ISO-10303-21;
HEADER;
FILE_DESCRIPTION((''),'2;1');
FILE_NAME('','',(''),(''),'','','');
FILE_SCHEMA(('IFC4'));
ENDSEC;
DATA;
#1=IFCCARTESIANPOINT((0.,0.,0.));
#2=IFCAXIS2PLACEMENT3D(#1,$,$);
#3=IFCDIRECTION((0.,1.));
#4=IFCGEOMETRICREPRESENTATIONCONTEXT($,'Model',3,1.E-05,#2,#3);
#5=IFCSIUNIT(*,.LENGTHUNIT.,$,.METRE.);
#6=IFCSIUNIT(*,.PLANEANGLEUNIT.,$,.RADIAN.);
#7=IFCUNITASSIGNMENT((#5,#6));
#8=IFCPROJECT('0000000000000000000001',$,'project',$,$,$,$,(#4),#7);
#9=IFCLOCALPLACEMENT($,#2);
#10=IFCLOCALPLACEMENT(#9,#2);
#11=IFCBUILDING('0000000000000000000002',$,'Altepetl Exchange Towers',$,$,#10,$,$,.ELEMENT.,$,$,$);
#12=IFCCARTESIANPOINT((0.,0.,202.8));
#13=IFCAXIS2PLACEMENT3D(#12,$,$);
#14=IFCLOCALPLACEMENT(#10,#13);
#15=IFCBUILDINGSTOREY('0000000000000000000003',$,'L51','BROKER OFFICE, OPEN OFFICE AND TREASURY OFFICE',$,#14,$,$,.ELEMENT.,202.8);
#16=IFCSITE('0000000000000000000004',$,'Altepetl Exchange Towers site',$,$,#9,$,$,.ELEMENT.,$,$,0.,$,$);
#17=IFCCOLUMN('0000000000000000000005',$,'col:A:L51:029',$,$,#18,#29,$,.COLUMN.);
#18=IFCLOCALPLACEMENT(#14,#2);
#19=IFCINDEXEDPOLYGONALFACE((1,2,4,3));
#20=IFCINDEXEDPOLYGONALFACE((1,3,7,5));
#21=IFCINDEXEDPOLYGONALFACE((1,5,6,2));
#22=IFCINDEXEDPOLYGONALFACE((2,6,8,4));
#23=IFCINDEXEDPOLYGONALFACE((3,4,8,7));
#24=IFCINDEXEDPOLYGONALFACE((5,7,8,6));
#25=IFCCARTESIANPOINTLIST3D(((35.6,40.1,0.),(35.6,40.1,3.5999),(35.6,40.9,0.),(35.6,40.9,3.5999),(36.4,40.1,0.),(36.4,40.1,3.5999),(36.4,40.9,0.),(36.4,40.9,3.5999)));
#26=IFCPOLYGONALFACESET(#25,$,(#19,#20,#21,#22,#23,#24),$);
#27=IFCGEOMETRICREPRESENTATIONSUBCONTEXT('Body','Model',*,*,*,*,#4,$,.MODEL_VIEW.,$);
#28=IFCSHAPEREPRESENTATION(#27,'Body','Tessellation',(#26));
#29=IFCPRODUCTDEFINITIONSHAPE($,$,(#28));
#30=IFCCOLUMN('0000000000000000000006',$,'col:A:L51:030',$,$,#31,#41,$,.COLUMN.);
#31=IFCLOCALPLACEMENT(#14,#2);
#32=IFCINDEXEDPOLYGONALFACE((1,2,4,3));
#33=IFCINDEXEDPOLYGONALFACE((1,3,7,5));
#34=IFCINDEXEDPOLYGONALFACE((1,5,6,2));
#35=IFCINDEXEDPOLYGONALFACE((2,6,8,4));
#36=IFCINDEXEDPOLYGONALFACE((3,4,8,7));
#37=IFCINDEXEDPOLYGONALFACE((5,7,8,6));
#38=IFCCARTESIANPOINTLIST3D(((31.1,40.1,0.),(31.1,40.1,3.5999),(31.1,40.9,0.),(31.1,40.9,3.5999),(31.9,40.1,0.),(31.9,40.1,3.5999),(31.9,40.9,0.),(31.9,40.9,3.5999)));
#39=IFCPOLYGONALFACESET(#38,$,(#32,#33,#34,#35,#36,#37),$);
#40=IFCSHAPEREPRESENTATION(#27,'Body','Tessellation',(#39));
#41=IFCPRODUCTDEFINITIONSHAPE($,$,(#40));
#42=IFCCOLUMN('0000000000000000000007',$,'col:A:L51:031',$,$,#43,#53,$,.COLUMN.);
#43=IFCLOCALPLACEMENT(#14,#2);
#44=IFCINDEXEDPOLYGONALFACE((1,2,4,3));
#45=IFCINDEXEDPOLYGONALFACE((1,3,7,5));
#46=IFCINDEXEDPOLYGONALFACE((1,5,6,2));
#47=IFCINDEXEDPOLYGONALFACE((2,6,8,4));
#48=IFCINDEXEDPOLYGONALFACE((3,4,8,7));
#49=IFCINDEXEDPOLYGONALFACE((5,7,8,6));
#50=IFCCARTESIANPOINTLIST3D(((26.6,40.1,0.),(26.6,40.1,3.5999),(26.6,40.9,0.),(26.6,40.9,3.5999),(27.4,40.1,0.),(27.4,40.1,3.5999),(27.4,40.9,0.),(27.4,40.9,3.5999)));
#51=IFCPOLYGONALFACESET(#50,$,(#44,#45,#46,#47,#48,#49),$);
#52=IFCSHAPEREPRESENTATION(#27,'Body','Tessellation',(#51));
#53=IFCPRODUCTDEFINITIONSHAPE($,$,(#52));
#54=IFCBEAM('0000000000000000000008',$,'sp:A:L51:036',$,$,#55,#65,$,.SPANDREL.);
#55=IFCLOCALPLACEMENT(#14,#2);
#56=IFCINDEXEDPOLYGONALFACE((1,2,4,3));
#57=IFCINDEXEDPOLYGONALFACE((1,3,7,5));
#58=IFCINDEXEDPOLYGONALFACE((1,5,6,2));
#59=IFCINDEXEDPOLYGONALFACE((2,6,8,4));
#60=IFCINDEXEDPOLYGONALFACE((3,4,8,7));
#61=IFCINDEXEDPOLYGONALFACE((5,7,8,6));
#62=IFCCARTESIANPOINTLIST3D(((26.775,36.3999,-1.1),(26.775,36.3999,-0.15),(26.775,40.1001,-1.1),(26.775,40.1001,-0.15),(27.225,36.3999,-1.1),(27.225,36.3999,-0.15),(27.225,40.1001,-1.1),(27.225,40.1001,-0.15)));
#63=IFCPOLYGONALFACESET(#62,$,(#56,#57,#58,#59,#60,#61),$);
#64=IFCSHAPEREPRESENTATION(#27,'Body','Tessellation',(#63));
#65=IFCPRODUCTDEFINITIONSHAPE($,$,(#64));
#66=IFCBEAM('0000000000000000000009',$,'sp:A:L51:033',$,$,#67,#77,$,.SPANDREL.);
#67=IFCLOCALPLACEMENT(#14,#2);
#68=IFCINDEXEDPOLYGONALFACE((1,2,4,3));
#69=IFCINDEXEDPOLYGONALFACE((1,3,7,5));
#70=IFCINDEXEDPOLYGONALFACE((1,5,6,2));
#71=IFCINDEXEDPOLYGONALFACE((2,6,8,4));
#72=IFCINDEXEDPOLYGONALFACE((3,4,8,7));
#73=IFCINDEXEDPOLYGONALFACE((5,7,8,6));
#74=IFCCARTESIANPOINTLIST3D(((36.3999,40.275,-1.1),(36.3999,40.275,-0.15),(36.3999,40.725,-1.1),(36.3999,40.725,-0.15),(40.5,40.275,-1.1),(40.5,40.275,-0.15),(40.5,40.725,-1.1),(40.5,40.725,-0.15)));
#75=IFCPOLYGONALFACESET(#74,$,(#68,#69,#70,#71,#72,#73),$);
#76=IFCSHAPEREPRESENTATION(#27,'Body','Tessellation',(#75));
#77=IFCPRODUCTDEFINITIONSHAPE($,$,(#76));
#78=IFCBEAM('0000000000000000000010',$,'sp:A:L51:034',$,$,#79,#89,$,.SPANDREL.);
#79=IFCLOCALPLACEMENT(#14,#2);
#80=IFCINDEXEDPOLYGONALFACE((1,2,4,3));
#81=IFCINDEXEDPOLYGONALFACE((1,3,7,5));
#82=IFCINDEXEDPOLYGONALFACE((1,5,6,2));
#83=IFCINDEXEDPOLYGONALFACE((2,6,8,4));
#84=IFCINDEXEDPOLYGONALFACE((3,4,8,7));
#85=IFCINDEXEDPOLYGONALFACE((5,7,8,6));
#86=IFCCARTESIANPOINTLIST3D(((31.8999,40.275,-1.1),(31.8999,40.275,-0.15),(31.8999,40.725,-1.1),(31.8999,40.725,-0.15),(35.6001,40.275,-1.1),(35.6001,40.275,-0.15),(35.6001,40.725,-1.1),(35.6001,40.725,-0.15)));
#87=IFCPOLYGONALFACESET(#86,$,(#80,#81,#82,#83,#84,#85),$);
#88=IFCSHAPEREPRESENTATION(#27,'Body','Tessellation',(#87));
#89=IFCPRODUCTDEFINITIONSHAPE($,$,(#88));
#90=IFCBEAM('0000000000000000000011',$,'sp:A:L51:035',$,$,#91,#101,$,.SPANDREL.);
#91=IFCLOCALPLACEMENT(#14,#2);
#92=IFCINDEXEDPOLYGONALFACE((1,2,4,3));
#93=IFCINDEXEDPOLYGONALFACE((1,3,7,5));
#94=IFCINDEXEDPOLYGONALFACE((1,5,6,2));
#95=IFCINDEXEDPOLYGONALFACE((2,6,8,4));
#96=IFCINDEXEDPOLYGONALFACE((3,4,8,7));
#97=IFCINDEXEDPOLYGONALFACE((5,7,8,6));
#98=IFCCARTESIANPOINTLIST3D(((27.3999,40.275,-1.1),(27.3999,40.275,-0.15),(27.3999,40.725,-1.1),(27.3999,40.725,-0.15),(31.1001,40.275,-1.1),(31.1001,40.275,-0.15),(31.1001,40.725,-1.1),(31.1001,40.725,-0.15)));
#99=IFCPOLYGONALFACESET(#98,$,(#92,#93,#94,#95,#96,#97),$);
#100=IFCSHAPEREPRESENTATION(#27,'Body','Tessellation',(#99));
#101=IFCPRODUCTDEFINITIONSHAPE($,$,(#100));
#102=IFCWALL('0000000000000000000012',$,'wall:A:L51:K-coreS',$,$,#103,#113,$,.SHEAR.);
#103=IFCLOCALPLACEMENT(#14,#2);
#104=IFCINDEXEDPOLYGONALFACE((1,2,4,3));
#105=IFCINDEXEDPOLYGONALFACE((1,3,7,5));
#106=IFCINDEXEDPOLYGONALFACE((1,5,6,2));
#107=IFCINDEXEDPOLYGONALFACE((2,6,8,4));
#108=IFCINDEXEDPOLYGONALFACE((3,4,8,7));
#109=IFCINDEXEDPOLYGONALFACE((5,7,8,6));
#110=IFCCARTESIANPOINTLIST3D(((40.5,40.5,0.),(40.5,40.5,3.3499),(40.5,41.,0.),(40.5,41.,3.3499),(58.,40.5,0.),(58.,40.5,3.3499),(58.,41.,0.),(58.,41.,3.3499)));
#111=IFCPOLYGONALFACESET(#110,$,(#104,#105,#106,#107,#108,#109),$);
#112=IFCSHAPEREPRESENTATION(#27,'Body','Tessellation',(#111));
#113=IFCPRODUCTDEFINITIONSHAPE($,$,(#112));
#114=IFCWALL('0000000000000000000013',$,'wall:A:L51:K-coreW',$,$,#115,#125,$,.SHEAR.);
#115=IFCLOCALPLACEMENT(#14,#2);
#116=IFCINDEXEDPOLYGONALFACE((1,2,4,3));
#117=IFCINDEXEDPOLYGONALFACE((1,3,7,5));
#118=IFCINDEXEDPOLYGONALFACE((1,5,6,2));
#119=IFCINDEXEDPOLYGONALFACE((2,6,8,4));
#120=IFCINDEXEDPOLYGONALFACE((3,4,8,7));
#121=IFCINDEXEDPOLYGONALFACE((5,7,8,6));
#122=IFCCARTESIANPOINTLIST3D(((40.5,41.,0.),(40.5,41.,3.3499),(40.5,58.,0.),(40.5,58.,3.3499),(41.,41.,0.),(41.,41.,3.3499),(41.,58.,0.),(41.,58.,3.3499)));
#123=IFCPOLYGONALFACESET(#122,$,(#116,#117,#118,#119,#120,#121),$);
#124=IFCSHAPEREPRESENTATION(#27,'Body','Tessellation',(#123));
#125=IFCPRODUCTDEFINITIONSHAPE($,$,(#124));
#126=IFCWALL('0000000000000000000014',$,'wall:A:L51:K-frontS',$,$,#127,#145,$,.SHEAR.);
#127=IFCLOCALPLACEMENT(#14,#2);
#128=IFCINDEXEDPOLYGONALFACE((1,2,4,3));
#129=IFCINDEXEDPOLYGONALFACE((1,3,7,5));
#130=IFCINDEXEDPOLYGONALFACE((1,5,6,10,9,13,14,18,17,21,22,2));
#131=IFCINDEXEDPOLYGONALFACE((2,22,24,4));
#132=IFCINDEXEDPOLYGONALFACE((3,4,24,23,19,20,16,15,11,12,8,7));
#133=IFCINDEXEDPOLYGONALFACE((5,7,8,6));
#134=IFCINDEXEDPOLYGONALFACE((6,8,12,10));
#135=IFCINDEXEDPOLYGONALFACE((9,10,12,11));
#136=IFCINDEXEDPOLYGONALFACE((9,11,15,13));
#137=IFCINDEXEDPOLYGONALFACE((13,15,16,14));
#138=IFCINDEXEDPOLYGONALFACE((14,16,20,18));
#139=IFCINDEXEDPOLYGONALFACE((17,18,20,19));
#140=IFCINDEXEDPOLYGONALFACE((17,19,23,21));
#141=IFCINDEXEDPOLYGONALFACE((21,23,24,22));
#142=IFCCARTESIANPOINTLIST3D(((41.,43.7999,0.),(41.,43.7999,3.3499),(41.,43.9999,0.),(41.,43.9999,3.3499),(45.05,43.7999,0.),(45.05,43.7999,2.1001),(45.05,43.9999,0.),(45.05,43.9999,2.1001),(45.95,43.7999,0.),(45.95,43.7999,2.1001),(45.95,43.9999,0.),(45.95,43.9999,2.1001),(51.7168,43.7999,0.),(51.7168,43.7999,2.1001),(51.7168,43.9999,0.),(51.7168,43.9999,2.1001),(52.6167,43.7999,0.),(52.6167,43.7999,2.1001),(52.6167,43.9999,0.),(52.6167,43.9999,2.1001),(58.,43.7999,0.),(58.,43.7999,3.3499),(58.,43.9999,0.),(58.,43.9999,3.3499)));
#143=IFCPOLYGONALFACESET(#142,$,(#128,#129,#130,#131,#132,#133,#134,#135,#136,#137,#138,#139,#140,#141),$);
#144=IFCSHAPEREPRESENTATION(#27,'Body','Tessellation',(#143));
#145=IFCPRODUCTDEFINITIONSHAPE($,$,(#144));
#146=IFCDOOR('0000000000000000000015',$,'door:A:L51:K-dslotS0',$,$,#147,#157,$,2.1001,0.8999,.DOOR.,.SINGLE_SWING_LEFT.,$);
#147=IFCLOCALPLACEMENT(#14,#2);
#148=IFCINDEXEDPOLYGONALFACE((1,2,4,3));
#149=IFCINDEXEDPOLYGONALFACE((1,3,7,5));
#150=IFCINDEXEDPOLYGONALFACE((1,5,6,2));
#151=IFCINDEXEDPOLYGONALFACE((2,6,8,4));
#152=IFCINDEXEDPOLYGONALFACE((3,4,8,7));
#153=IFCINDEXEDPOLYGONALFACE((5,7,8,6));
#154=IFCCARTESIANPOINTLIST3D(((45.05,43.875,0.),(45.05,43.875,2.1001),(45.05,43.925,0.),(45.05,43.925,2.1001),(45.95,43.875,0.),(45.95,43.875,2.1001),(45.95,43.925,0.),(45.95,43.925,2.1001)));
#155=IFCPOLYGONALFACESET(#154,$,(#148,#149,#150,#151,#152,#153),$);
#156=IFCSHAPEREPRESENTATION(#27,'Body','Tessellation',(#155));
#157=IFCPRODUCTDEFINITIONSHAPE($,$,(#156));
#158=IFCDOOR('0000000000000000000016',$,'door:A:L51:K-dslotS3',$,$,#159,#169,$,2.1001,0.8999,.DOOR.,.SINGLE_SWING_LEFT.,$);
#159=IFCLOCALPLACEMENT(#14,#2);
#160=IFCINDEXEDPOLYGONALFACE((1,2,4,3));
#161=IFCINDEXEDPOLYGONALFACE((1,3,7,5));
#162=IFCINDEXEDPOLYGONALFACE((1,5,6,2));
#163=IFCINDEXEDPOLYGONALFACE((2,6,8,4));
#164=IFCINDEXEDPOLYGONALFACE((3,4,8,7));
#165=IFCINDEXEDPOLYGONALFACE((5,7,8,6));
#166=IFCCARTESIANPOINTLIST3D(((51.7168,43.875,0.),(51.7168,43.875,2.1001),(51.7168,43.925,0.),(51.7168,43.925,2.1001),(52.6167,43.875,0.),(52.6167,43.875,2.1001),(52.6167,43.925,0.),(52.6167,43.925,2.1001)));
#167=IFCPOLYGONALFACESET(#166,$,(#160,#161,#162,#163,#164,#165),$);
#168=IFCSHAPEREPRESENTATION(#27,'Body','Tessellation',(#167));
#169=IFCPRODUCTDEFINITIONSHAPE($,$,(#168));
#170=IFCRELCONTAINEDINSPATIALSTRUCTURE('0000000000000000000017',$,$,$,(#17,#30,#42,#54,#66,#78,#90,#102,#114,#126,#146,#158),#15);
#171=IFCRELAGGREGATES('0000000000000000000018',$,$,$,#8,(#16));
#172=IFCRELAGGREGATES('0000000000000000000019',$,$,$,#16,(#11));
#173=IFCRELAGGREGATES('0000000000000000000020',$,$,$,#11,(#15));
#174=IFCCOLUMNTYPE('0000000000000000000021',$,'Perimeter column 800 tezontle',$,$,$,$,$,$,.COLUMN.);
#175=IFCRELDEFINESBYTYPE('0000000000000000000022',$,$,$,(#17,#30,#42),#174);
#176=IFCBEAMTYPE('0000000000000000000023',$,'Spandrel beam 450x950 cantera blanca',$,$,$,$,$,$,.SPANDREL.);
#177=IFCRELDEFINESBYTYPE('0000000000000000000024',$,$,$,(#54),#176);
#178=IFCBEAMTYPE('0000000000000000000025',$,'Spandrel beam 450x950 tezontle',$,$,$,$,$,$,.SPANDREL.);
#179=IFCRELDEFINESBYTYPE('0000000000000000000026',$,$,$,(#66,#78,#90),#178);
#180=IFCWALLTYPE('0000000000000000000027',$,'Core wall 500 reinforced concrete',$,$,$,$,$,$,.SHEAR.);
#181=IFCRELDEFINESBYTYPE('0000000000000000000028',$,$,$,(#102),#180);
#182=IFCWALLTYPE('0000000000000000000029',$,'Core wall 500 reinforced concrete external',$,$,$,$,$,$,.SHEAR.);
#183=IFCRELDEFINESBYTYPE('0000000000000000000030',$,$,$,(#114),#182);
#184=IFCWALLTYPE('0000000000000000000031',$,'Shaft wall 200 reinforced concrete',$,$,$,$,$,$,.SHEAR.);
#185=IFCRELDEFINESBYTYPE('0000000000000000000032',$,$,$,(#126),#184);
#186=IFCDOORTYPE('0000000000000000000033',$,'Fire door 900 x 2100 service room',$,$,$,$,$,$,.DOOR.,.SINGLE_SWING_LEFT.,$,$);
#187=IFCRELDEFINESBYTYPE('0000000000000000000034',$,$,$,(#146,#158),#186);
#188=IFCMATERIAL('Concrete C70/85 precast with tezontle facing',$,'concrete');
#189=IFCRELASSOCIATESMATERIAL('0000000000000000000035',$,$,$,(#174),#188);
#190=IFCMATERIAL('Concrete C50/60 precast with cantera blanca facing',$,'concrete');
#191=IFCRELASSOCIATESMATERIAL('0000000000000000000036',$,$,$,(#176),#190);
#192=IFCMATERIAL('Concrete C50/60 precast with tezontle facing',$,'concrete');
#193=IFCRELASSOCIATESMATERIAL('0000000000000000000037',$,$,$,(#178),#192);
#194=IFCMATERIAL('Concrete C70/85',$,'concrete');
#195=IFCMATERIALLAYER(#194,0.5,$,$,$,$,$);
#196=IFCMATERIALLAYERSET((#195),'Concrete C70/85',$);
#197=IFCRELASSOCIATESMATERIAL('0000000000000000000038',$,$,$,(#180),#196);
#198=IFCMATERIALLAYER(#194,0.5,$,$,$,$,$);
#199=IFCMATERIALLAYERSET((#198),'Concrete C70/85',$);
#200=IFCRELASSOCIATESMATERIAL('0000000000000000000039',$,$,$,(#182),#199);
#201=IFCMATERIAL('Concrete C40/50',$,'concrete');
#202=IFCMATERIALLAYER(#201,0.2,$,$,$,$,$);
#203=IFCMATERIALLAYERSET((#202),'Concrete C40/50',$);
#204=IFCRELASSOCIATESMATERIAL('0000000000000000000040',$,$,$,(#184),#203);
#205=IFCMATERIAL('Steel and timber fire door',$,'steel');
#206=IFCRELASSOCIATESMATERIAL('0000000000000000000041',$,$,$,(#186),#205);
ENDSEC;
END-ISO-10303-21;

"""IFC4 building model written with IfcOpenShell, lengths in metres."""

from ifc_helpers import new_model, si_unit, direction, frame, frame_2d, origin, origin_2d, place, context, subcontext, project, spatial, rectangle, extrude, material, layer, layer_set, material_profile, profile_set, type_object, element, fill, save


model = new_model("IFC4")

# Units and contexts
model_context = context("Model", 3, precision=1e-05, world=origin(), true_north=direction((0.0, 1.0)))
body_context = subcontext(model_context, "Body", "Model", "MODEL_VIEW")
ifc_project = project(units=[si_unit("LENGTHUNIT", "METRE"), si_unit("PLANEANGLEUNIT", "RADIAN")], contexts=[model_context])

# Site, building, storey
site_placement = place(None, origin())
site = spatial("IfcSite", under=ifc_project, at=site_placement, Name="Altepetl Exchange Towers site", CompositionType="ELEMENT", RefElevation=0.0)
building_placement = place(site_placement, origin())
building = spatial("IfcBuilding", under=site, at=building_placement, Name="Altepetl Exchange Towers", CompositionType="ELEMENT")
storey_placement = place(building_placement, frame((0.0, 0.0, 202.8)))
storey = spatial("IfcBuildingStorey", under=building, at=storey_placement, Name="L51", Description="BROKER OFFICE, OPEN OFFICE AND TREASURY OFFICE", CompositionType="ELEMENT", Elevation=202.8)

# Columns
ifc_material_1 = material(Name="Concrete C70/85 precast with tezontle facing", Category="concrete")
ifc_material_profile_1 = material_profile(ifc_material_1, rectangle(XDim=0.8, YDim=0.8, at=origin_2d()), Name="800 x 800")
ifc_profile_set_1 = profile_set([ifc_material_profile_1], Name="Concrete C70/85 precast with tezontle facing")
column_type = type_object("IfcColumnType", Name="Perimeter column 800 tezontle", PredefinedType="COLUMN", material=ifc_profile_set_1)
for number, where, name in (
    (1, (36.0, 40.5, 0.0), "col:A:L51:029"),
    (2, (31.5, 40.5, 0.0), "col:A:L51:030"),
    (3, (27.0, 40.5, 0.0), "col:A:L51:031"),
):
    element("IfcColumn", number, at=place(storey_placement, frame(where)), inside=storey, type_object=column_type, Name=name, PredefinedType="COLUMN", context=body_context, shape_type="SweptSolid", body=[
        extrude(rectangle(XDim=0.8, YDim=0.8, at=origin_2d()), origin(), (0.0, 0.0, 1.0), 3.5999),
    ])

# Beams
ifc_material_2 = material(Name="Concrete C50/60 precast with cantera blanca facing", Category="concrete")
ifc_material_profile_2 = material_profile(ifc_material_2, rectangle(XDim=0.45, YDim=0.95, at=origin_2d()), Name="450 x 950")
ifc_profile_set_2 = profile_set([ifc_material_profile_2], Name="Concrete C50/60 precast with cantera blanca facing")
beam_type_1 = type_object("IfcBeamType", Name="Spandrel beam 450x950 cantera blanca", PredefinedType="SPANDREL", material=ifc_profile_set_2)
beam_1_placement = place(storey_placement, frame((27.0, 40.1001, -0.625), z_axis=(0.0, -1.0, 0.0), x_axis=(1.0, 0.0, 0.0)))
element("IfcBeam", 4, at=beam_1_placement, inside=storey, type_object=beam_type_1, Name="sp:A:L51:036", PredefinedType="SPANDREL", context=body_context, shape_type="SweptSolid", body=[
    extrude(rectangle(XDim=0.45, YDim=0.95, at=origin_2d()), origin(), (0.0, 0.0, 1.0), 3.7002),
])
ifc_material_3 = material(Name="Concrete C50/60 precast with tezontle facing", Category="concrete")
ifc_material_profile_3 = material_profile(ifc_material_3, rectangle(XDim=0.45, YDim=0.95, at=origin_2d()), Name="450 x 950")
ifc_profile_set_3 = profile_set([ifc_material_profile_3], Name="Concrete C50/60 precast with tezontle facing")
beam_type_2 = type_object("IfcBeamType", Name="Spandrel beam 450x950 tezontle", PredefinedType="SPANDREL", material=ifc_profile_set_3)
beam_2_placement = place(storey_placement, frame((40.5, 40.5, -0.625), z_axis=(-1.0, 0.0, 0.0), x_axis=(0.0, -1.0, 0.0)))
element("IfcBeam", 5, at=beam_2_placement, inside=storey, type_object=beam_type_2, Name="sp:A:L51:033", PredefinedType="SPANDREL", context=body_context, shape_type="SweptSolid", body=[
    extrude(rectangle(XDim=0.45, YDim=0.95, at=origin_2d()), origin(), (0.0, 0.0, 1.0), 4.1001),
])
for number, where, z_axis, x_axis, name in (
    (6, (35.6001, 40.5, -0.625), (-1.0, 0.0, 0.0), (0.0, -1.0, 0.0), "sp:A:L51:034"),
    (7, (31.1001, 40.5, -0.625), (-1.0, 0.0, 0.0), (0.0, -1.0, 0.0), "sp:A:L51:035"),
):
    element("IfcBeam", number, at=place(storey_placement, frame(where, z_axis=z_axis, x_axis=x_axis)), inside=storey, type_object=beam_type_2, Name=name, PredefinedType="SPANDREL", context=body_context, shape_type="SweptSolid", body=[
        extrude(rectangle(XDim=0.45, YDim=0.95, at=origin_2d()), origin(), (0.0, 0.0, 1.0), 3.7002),
    ])

# Walls
ifc_material_4 = material(Name="Concrete C70/85", Category="concrete")
ifc_layer_1 = layer(ifc_material_4, 0.5)
ifc_layer_set_1 = layer_set([ifc_layer_1], Name="Concrete C70/85")
wall_type_1 = type_object("IfcWallType", Name="Core wall 500 reinforced concrete", PredefinedType="SHEAR", material=ifc_layer_set_1)
wall_1_placement = place(storey_placement, frame((40.5, 40.75, 0.0)))
element("IfcWall", 8, at=wall_1_placement, inside=storey, type_object=wall_type_1, Name="wall:A:L51:K-coreS", PredefinedType="SHEAR", context=body_context, shape_type="SweptSolid", body=[
    extrude(rectangle(XDim=17.5, YDim=0.5, at=frame_2d((8.75, 0.0))), origin(), (0.0, 0.0, 1.0), 3.3499),
])
ifc_layer_2 = layer(ifc_material_4, 0.5)
ifc_layer_set_2 = layer_set([ifc_layer_2], Name="Concrete C70/85")
wall_type_2 = type_object("IfcWallType", Name="Core wall 500 reinforced concrete external", PredefinedType="SHEAR", material=ifc_layer_set_2)
wall_2_placement = place(storey_placement, frame((40.75, 41.0, 0.0), z_axis=(0.0, 0.0, 1.0), x_axis=(0.0, 1.0, 0.0)))
element("IfcWall", 9, at=wall_2_placement, inside=storey, type_object=wall_type_2, Name="wall:A:L51:K-coreW", PredefinedType="SHEAR", context=body_context, shape_type="SweptSolid", body=[
    extrude(rectangle(XDim=17.0, YDim=0.5, at=frame_2d((8.5, 0.0))), origin(), (0.0, 0.0, 1.0), 3.3499),
])

# Wall, openings, doors
ifc_material_5 = material(Name="Concrete C40/50", Category="concrete")
ifc_layer_3 = layer(ifc_material_5, 0.2)
ifc_layer_set_3 = layer_set([ifc_layer_3], Name="Concrete C40/50")
wall_type_3 = type_object("IfcWallType", Name="Shaft wall 200 reinforced concrete", PredefinedType="SHEAR", material=ifc_layer_set_3)
wall_3_placement = place(storey_placement, frame((41.0, 43.8999, 0.0)))
wall_3 = element("IfcWall", 10, at=wall_3_placement, inside=storey, type_object=wall_type_3, Name="wall:A:L51:K-frontS", PredefinedType="SHEAR", context=body_context, shape_type="SweptSolid", body=[
    extrude(rectangle(XDim=17.0, YDim=0.2, at=frame_2d((8.5, 0.0))), origin(), (0.0, 0.0, 1.0), 3.3499),
])
opening_1_placement = place(wall_3_placement, frame((4.05, 0.0, 0.0)))
opening_1 = element("IfcOpeningElement", 11, at=opening_1_placement, cuts=wall_3, PredefinedType="OPENING", context=body_context, shape_type="SweptSolid", body=[
    extrude(rectangle(XDim=0.8999, YDim=2.1001, at=frame_2d((0.45, 1.05))), frame((0.0, 0.1099, 0.0), z_axis=(0.0, -1.0, 0.0), x_axis=(1.0, 0.0, 0.0)), (0.0, 0.0, 1.0), 0.22),
])
opening_2_placement = place(wall_3_placement, frame((10.7168, 0.0, 0.0)))
opening_2 = element("IfcOpeningElement", 12, at=opening_2_placement, cuts=wall_3, PredefinedType="OPENING", context=body_context, shape_type="SweptSolid", body=[
    extrude(rectangle(XDim=0.8999, YDim=2.1001, at=frame_2d((0.45, 1.05))), frame((0.0, 0.1099, 0.0), z_axis=(0.0, -1.0, 0.0), x_axis=(1.0, 0.0, 0.0)), (0.0, 0.0, 1.0), 0.22),
])
ifc_material_6 = material(Name="Steel and timber fire door", Category="steel")
door_type_1 = type_object("IfcDoorType", Name="Fire door 900 x 2100 service room", OperationType="SINGLE_SWING_LEFT", PredefinedType="DOOR", material=ifc_material_6)
door_1_placement = place(opening_1_placement, frame((0.8999, 0.0, 0.0), x_axis=(-1.0, 0.0, 0.0)))
door_1 = element("IfcDoor", 13, at=door_1_placement, inside=storey, type_object=door_type_1, Name="door:A:L51:K-dslotS0", OperationType="SINGLE_SWING_LEFT", OverallHeight=2.1001, OverallWidth=0.8999, PredefinedType="DOOR", context=body_context, shape_type="SweptSolid", body=[
    extrude(rectangle(XDim=0.8999, YDim=2.1001, at=frame_2d((0.45, 1.05))), frame((0.0, 0.0249, 0.0), z_axis=(0.0, -1.0, 0.0), x_axis=(1.0, 0.0, 0.0)), (0.0, 0.0, 1.0), 0.05),
])
fill(opening_1, door_1)
door_2_placement = place(opening_2_placement, frame((0.8999, 0.0, 0.0), x_axis=(-1.0, 0.0, 0.0)))
door_2 = element("IfcDoor", 14, at=door_2_placement, inside=storey, type_object=door_type_1, Name="door:A:L51:K-dslotS3", OperationType="SINGLE_SWING_LEFT", OverallHeight=2.1001, OverallWidth=0.8999, PredefinedType="DOOR", context=body_context, shape_type="SweptSolid", body=[
    extrude(rectangle(XDim=0.8999, YDim=2.1001, at=frame_2d((0.45, 1.05))), frame((0.0, 0.0249, 0.0), z_axis=(0.0, -1.0, 0.0), x_axis=(1.0, 0.0, 0.0)), (0.0, 0.0, 1.0), 0.05),
])
fill(opening_2, door_2)

save(model, "model.ifc")
